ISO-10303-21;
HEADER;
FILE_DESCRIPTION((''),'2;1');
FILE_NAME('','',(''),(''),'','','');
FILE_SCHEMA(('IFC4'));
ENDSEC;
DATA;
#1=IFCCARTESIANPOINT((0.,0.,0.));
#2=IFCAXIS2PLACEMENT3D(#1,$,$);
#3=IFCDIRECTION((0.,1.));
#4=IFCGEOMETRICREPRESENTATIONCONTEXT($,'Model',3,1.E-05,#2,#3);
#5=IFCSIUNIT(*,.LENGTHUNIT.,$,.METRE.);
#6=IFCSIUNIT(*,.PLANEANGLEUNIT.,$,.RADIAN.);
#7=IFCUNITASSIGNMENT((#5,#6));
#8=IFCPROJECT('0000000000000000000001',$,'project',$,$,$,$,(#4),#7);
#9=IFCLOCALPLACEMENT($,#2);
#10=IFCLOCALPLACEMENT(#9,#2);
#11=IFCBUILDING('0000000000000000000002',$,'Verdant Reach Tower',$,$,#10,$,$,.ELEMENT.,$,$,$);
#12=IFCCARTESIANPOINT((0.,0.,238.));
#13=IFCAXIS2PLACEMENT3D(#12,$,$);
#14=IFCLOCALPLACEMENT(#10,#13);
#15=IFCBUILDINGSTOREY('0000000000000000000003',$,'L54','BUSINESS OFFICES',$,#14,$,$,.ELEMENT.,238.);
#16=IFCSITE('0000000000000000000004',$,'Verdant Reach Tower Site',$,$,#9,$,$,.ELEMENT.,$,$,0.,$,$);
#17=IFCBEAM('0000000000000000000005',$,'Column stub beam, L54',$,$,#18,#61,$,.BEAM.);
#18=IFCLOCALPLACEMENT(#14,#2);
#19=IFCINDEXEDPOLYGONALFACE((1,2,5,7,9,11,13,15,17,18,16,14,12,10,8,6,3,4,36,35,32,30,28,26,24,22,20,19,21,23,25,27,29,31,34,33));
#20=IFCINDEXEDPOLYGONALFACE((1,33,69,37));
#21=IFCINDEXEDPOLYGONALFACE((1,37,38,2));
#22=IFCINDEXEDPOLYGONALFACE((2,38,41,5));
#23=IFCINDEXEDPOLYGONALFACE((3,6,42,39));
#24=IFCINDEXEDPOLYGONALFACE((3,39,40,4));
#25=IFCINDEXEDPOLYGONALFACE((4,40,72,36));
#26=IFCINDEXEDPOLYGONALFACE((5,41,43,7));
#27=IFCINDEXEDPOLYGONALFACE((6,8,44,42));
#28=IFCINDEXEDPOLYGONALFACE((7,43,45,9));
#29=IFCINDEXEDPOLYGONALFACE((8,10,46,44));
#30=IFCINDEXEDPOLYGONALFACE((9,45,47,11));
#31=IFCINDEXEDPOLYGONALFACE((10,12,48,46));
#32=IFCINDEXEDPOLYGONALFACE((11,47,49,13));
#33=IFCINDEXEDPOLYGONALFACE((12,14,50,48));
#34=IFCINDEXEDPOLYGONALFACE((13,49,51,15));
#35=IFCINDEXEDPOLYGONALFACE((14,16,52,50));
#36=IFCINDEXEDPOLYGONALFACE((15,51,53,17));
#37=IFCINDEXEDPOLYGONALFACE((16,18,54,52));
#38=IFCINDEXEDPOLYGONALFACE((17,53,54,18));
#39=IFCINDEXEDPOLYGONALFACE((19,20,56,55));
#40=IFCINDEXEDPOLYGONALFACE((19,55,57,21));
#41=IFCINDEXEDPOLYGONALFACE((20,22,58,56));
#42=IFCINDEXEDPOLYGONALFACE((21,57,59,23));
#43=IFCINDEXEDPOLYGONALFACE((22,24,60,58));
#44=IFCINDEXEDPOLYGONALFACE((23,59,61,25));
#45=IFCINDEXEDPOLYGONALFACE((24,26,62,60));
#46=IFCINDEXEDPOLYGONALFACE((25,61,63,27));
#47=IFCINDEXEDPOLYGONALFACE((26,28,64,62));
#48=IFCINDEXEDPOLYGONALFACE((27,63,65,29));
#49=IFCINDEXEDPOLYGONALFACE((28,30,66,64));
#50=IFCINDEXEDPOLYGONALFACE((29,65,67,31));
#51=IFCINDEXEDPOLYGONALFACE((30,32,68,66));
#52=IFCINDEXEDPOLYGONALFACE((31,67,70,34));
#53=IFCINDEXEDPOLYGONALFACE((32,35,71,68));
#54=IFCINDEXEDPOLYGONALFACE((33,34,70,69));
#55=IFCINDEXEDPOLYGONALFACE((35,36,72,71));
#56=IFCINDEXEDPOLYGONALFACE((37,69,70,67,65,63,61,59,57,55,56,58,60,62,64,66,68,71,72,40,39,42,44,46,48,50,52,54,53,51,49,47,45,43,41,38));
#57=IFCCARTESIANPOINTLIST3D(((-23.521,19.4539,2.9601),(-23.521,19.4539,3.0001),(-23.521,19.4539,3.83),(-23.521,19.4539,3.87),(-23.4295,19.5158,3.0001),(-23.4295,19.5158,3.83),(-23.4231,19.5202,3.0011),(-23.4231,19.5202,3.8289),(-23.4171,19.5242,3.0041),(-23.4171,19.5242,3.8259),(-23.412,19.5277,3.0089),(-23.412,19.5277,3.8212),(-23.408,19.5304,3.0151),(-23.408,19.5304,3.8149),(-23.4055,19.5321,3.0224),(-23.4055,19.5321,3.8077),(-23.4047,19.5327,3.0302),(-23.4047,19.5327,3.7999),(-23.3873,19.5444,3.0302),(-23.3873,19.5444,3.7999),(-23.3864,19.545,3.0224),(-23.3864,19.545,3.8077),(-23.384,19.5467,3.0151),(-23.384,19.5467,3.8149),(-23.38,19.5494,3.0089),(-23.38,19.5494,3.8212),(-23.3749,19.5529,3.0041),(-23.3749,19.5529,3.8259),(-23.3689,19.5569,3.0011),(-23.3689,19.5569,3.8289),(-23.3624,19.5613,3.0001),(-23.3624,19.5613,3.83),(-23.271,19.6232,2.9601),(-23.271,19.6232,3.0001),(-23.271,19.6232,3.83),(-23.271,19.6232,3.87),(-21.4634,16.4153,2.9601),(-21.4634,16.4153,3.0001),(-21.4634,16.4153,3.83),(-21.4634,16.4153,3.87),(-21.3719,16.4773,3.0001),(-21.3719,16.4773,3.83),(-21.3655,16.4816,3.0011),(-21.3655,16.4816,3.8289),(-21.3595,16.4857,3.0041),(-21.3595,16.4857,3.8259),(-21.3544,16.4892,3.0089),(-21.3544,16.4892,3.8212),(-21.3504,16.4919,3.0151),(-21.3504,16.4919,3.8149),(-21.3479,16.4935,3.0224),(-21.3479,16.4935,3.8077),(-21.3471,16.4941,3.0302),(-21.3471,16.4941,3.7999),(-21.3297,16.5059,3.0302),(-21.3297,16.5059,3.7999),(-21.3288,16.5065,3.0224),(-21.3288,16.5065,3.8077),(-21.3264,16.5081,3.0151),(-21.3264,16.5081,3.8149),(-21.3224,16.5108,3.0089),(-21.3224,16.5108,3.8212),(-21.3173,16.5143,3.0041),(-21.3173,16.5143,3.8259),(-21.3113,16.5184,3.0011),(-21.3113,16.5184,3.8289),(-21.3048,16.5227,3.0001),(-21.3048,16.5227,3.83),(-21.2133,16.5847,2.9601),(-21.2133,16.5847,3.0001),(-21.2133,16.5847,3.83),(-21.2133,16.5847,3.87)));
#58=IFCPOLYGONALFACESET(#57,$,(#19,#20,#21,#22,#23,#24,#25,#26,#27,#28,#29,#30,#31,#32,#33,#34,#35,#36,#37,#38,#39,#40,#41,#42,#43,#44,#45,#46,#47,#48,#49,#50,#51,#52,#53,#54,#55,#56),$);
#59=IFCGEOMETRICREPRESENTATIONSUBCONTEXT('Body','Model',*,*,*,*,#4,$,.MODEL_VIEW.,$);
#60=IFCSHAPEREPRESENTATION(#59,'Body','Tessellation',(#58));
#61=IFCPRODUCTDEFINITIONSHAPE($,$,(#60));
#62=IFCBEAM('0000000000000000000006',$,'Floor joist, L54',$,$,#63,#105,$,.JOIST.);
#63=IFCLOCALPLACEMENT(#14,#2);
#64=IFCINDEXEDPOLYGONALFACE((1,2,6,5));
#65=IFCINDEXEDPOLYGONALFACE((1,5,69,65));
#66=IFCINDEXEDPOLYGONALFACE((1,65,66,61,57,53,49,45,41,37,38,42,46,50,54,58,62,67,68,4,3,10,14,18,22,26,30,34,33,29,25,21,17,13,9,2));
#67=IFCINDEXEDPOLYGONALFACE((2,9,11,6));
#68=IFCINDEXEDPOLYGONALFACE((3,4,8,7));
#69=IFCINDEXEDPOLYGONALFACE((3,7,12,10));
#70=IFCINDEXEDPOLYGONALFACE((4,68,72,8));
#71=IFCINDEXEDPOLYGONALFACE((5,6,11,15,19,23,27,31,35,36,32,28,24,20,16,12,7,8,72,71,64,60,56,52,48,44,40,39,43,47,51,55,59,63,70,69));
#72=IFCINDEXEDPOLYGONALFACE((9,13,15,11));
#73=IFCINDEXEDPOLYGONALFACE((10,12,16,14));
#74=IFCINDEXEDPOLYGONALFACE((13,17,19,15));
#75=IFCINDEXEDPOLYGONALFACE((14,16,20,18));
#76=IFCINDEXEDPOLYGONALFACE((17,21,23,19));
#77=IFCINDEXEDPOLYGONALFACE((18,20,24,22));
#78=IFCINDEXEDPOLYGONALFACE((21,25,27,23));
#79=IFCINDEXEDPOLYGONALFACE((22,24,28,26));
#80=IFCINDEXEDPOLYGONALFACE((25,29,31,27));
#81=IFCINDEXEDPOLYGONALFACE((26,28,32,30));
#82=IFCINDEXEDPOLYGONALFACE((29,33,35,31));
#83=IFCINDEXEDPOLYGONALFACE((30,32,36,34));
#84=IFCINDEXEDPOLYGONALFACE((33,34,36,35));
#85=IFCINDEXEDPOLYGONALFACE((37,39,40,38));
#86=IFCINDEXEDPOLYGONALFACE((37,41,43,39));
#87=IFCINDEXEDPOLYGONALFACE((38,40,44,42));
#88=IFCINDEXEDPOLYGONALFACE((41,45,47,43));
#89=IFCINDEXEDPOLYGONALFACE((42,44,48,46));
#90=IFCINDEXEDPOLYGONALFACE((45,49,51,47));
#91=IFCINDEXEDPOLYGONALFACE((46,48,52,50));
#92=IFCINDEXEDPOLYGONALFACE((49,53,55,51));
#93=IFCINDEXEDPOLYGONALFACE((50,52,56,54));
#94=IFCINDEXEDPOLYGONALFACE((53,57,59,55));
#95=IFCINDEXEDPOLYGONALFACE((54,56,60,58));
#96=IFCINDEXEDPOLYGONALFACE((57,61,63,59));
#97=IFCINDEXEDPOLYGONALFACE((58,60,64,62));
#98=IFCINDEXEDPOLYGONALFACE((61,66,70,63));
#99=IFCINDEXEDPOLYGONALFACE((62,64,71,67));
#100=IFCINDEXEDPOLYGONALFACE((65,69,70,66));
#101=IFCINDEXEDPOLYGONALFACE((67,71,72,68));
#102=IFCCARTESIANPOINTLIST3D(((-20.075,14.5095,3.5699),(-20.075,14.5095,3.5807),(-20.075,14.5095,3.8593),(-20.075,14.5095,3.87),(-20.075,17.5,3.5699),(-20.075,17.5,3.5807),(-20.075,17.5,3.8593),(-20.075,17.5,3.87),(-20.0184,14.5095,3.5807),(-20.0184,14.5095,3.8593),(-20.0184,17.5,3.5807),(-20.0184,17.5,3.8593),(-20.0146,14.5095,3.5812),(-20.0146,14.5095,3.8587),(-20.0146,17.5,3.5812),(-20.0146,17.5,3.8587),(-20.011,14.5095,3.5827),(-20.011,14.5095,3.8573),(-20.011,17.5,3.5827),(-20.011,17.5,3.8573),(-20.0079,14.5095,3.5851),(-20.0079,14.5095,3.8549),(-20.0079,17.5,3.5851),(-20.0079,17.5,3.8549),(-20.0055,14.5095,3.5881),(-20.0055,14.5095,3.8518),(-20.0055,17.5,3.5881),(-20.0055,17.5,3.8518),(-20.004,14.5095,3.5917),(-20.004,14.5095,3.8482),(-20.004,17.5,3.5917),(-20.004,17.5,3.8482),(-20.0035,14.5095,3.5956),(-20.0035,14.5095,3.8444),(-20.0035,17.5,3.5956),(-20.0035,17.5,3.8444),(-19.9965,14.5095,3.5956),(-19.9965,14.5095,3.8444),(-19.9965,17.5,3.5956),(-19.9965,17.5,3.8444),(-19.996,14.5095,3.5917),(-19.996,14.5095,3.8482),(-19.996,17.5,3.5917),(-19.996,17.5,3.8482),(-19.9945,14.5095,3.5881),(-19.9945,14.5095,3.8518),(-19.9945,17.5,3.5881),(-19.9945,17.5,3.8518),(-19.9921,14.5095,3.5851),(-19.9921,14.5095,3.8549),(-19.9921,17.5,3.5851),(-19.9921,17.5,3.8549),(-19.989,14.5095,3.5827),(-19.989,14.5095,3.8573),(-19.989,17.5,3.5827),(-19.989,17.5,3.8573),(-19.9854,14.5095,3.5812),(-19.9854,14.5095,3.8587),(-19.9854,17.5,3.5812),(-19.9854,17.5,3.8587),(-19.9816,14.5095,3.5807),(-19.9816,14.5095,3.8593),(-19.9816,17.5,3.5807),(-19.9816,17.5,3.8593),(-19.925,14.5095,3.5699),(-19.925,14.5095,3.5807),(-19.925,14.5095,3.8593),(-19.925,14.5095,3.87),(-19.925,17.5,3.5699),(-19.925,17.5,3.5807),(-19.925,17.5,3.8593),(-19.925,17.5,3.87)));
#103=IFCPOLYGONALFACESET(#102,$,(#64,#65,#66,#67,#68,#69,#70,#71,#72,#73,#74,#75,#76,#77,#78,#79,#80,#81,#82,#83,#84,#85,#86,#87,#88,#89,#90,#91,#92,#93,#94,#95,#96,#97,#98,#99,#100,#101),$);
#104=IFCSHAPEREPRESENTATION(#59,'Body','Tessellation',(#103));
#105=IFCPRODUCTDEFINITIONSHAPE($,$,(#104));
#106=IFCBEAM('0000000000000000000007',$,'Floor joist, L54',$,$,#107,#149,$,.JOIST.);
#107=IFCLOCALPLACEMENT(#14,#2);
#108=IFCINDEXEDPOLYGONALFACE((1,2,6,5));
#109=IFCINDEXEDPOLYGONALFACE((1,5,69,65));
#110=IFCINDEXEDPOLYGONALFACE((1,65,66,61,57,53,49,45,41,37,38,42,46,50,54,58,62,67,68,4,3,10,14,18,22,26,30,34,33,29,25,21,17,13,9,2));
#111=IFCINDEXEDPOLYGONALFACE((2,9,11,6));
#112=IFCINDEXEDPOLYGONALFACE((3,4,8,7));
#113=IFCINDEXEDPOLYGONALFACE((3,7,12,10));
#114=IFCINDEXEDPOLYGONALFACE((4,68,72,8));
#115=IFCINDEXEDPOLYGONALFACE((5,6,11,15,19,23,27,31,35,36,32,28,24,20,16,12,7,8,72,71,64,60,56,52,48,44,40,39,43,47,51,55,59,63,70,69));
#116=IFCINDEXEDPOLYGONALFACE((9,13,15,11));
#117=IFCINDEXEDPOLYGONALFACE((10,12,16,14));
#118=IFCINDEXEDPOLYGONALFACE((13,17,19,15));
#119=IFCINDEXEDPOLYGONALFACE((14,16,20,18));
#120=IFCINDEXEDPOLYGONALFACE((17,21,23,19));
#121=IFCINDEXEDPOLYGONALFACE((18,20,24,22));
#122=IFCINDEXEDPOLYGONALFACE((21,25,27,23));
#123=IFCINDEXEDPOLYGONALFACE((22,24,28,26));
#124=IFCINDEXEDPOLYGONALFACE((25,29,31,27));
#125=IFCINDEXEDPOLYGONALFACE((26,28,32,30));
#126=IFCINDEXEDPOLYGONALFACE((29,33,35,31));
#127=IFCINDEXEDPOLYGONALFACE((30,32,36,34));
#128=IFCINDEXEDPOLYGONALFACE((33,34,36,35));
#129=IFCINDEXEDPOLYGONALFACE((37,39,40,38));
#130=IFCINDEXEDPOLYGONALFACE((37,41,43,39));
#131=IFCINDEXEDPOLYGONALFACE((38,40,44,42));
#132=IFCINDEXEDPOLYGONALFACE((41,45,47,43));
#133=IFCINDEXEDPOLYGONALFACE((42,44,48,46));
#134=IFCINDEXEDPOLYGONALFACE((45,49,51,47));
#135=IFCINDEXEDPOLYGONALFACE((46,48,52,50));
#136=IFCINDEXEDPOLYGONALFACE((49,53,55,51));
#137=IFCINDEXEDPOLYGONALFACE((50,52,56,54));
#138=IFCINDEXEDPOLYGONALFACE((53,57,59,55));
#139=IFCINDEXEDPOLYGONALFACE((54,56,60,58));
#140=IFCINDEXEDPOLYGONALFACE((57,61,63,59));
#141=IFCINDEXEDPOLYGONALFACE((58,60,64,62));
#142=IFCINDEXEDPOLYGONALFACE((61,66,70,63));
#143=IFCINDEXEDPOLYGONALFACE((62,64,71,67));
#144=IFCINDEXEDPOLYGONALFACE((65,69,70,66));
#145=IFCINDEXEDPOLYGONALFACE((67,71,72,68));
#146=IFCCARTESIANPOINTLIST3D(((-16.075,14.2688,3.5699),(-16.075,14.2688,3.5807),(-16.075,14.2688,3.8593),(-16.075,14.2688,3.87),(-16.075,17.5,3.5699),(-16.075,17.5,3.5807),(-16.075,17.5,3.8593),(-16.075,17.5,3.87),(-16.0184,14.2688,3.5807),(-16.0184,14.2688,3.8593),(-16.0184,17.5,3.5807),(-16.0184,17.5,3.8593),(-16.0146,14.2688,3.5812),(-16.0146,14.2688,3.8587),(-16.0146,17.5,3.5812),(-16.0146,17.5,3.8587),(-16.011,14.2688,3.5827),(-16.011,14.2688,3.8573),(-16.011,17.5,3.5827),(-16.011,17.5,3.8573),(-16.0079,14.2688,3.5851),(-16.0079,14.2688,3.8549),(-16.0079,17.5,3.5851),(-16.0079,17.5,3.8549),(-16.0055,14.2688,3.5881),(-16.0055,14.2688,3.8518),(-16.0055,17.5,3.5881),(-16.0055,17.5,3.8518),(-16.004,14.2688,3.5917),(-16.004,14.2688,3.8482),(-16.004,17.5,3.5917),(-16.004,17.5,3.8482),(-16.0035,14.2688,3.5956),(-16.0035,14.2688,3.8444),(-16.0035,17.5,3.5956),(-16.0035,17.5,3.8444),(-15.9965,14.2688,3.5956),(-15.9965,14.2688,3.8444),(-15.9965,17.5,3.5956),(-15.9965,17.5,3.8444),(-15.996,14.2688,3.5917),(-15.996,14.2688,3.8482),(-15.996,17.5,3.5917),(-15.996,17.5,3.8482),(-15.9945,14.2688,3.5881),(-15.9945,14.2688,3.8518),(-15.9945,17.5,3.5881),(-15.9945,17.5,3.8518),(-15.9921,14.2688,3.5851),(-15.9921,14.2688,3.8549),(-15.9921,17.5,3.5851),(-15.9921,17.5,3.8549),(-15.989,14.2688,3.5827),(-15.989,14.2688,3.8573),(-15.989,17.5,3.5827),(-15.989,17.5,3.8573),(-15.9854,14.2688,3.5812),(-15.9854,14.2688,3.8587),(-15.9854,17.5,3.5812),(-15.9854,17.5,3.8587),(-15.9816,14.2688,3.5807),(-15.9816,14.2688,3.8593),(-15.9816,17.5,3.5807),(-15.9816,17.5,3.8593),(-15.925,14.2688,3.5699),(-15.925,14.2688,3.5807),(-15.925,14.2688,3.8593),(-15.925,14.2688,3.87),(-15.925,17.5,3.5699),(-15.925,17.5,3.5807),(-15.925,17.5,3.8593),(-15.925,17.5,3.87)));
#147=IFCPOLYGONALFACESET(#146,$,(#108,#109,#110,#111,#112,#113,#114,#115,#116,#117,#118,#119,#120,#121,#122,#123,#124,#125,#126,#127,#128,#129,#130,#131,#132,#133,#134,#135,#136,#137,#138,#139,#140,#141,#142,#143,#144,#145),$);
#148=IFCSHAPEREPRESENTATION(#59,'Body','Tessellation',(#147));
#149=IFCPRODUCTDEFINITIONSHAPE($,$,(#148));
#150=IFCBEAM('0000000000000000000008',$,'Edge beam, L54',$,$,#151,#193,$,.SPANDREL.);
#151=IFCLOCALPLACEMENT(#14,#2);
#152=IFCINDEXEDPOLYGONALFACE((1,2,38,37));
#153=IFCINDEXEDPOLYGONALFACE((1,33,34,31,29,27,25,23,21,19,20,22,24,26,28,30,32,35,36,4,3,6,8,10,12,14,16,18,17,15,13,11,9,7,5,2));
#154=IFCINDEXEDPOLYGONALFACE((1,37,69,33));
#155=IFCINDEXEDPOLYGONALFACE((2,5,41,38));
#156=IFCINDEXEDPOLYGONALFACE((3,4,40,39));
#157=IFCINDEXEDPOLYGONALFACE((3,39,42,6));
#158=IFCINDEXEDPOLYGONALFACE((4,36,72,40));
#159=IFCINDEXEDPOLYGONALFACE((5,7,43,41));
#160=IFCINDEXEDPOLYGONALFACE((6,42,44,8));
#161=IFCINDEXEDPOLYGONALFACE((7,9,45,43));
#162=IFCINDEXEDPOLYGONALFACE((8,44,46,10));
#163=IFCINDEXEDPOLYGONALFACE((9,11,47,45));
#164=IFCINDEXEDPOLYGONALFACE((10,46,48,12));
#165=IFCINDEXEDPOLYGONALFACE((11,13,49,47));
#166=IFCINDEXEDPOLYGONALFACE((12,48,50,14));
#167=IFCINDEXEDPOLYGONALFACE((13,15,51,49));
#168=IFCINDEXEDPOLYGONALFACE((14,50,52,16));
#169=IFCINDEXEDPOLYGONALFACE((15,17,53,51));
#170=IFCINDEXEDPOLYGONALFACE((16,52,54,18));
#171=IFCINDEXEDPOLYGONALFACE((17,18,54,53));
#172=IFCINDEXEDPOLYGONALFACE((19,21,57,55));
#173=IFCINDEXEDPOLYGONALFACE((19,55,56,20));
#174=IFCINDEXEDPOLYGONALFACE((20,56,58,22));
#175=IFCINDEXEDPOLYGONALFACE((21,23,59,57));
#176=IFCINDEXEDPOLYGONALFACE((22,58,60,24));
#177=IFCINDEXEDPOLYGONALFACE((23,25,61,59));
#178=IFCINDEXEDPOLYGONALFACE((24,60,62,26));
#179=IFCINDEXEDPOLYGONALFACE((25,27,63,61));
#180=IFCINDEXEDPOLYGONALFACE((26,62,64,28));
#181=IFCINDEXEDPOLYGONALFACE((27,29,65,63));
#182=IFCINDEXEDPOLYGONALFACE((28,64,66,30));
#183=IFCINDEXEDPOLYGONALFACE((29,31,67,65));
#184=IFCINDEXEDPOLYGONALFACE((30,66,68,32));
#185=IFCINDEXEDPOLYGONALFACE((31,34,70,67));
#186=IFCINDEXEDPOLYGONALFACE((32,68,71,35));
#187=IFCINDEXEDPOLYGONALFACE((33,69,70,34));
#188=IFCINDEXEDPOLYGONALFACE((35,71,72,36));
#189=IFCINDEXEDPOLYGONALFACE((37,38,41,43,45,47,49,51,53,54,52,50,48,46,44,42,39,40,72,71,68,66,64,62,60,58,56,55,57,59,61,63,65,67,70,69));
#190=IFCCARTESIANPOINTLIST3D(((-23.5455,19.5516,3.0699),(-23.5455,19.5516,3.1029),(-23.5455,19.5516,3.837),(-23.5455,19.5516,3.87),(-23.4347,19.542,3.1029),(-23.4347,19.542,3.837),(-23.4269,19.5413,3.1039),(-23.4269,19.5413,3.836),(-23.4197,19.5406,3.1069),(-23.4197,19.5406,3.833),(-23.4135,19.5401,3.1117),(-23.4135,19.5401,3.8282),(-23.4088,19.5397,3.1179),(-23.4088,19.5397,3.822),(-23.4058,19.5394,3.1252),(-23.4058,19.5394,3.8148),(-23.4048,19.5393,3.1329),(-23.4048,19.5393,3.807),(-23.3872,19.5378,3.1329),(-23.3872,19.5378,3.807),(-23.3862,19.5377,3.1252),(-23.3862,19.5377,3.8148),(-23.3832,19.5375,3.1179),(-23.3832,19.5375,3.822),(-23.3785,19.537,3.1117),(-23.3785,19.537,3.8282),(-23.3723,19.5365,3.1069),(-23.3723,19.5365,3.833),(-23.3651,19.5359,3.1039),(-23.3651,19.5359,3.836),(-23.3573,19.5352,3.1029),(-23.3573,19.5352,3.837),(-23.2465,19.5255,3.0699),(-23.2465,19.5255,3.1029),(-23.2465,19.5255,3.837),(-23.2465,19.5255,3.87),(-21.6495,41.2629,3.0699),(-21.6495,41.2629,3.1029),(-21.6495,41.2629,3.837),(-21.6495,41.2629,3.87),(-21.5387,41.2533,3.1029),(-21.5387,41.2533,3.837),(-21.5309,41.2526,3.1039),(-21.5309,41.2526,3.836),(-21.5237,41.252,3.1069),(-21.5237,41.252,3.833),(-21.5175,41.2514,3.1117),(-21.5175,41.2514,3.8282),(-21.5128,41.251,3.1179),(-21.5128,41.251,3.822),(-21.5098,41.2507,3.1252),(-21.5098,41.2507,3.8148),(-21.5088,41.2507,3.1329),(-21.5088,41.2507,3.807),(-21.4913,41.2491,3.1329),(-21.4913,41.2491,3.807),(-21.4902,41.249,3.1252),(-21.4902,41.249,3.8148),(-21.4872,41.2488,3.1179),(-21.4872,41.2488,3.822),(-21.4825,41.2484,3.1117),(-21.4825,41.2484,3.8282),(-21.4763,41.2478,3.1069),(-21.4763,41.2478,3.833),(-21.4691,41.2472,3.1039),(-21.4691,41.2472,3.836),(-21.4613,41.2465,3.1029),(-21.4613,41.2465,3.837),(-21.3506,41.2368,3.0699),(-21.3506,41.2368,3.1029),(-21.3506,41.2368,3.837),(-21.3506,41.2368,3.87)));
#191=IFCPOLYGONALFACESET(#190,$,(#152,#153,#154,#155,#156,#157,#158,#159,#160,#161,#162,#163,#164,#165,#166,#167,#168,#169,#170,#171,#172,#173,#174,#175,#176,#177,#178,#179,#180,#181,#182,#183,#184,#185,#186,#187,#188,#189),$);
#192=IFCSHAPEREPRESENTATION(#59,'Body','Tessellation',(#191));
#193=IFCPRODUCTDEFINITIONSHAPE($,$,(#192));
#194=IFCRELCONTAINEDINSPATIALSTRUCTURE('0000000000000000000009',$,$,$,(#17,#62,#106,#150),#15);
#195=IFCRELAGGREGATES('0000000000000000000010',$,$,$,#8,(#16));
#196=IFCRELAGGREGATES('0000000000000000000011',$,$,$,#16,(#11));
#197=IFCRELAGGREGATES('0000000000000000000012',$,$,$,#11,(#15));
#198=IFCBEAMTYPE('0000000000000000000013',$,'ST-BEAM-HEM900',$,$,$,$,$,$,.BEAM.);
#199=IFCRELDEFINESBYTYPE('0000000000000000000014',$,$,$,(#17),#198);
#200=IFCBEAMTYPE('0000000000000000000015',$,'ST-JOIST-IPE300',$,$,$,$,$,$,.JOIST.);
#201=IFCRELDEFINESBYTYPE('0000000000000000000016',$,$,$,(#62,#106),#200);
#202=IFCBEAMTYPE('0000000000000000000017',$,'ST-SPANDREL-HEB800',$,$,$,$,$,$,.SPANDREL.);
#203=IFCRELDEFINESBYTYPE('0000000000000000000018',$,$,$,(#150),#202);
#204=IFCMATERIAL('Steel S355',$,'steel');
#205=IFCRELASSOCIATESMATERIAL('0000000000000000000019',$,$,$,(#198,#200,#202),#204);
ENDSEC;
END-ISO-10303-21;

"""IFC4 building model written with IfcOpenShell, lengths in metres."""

from ifc_helpers import new_model, si_unit, direction, frame, origin, origin_2d, place, context, subcontext, project, spatial, i_section, extrude, material, material_profile, profile_set, type_object, element, save


model = new_model("IFC4")

# Units and contexts
model_context = context("Model", 3, precision=1e-05, world=origin(), true_north=direction((0.0, 1.0)))
body_context = subcontext(model_context, "Body", "Model", "MODEL_VIEW")
ifc_project = project(units=[si_unit("LENGTHUNIT", "METRE"), si_unit("PLANEANGLEUNIT", "RADIAN")], contexts=[model_context])

# Site, building, storey
site_placement = place(None, origin())
site = spatial("IfcSite", under=ifc_project, at=site_placement, Name="Verdant Reach Tower Site", CompositionType="ELEMENT", RefElevation=0.0)
building_placement = place(site_placement, origin())
building = spatial("IfcBuilding", under=site, at=building_placement, Name="Verdant Reach Tower", CompositionType="ELEMENT")
storey_placement = place(building_placement, frame((0.0, 0.0, 238.0)))
storey = spatial("IfcBuildingStorey", under=building, at=storey_placement, Name="L54", Description="BUSINESS OFFICES", CompositionType="ELEMENT", Elevation=238.0)

# Beams
ifc_material_1 = material(Name="Steel S355", Category="steel")
ifc_material_profile_1 = material_profile(ifc_material_1, i_section(OverallWidth=0.302, OverallDepth=0.9099, WebThickness=0.021, FlangeThickness=0.04, FilletRadius=0.03, at=origin_2d()), Name="HEM 900")
ifc_profile_set_1 = profile_set([ifc_material_profile_1], Name="Steel S355")
beam_type_1 = type_object("IfcBeamType", Name="ST-BEAM-HEM900", PredefinedType="BEAM", material=ifc_profile_set_1)
beam_1_placement = place(storey_placement, frame((-21.3384, 16.5, 3.415), z_axis=(-0.560704, 0.828016, 0.0), x_axis=(-0.828016, -0.560704, 0.0)))
element("IfcBeam", 1, at=beam_1_placement, inside=storey, type_object=beam_type_1, Name="Column stub beam, L54", PredefinedType="BEAM", context=body_context, shape_type="SweptSolid", body=[
    extrude(i_section(OverallWidth=0.302, OverallDepth=0.9099, WebThickness=0.021, FlangeThickness=0.04, FilletRadius=0.03, at=origin_2d()), origin(), (0.0, 0.0, 1.0), 3.6697),
])
ifc_material_profile_2 = material_profile(ifc_material_1, i_section(OverallWidth=0.1499, OverallDepth=0.3, WebThickness=0.0071, FlangeThickness=0.0107, FilletRadius=0.0149, at=origin_2d()), Name="IPE 300")
ifc_profile_set_2 = profile_set([ifc_material_profile_2], Name="Steel S355")
beam_type_2 = type_object("IfcBeamType", Name="ST-JOIST-IPE300", PredefinedType="JOIST", material=ifc_profile_set_2)
beam_2_placement = place(storey_placement, frame((-20.0, 17.5, 3.72), z_axis=(0.0, -1.0, 0.0), x_axis=(1.0, 0.0, 0.0)))
element("IfcBeam", 2, at=beam_2_placement, inside=storey, type_object=beam_type_2, Name="Floor joist, L54", PredefinedType="JOIST", context=body_context, shape_type="SweptSolid", body=[
    extrude(i_section(OverallWidth=0.1499, OverallDepth=0.3, WebThickness=0.0071, FlangeThickness=0.0107, FilletRadius=0.0149, at=origin_2d()), origin(), (0.0, 0.0, 1.0), 2.9905),
])
beam_3_placement = place(storey_placement, frame((-16.0, 17.5, 3.72), z_axis=(0.0, -1.0, 0.0), x_axis=(1.0, 0.0, 0.0)))
element("IfcBeam", 3, at=beam_3_placement, inside=storey, type_object=beam_type_2, Name="Floor joist, L54", PredefinedType="JOIST", context=body_context, shape_type="SweptSolid", body=[
    extrude(i_section(OverallWidth=0.1499, OverallDepth=0.3, WebThickness=0.0071, FlangeThickness=0.0107, FilletRadius=0.0149, at=origin_2d()), origin(), (0.0, 0.0, 1.0), 3.2312),
])
ifc_material_profile_3 = material_profile(ifc_material_1, i_section(OverallWidth=0.3, OverallDepth=0.8, WebThickness=0.0176, FlangeThickness=0.033, FilletRadius=0.03, at=origin_2d()), Name="HEB 800")
ifc_profile_set_3 = profile_set([ifc_material_profile_3], Name="Steel S355")
beam_type_3 = type_object("IfcBeamType", Name="ST-SPANDREL-HEB800", PredefinedType="SPANDREL", material=ifc_profile_set_3)
beam_4_placement = place(storey_placement, frame((-23.396, 19.5386, 3.47), z_axis=(0.086996, 0.996209, 0.0), x_axis=(-0.996209, 0.086996, 0.0)))
element("IfcBeam", 4, at=beam_4_placement, inside=storey, type_object=beam_type_3, Name="Edge beam, L54", PredefinedType="SPANDREL", context=body_context, shape_type="SweptSolid", body=[
    extrude(i_section(OverallWidth=0.3, OverallDepth=0.8, WebThickness=0.0176, FlangeThickness=0.033, FilletRadius=0.03, at=origin_2d()), origin(), (0.0, 0.0, 1.0), 21.7939),
])

save(model, "model.ifc")
